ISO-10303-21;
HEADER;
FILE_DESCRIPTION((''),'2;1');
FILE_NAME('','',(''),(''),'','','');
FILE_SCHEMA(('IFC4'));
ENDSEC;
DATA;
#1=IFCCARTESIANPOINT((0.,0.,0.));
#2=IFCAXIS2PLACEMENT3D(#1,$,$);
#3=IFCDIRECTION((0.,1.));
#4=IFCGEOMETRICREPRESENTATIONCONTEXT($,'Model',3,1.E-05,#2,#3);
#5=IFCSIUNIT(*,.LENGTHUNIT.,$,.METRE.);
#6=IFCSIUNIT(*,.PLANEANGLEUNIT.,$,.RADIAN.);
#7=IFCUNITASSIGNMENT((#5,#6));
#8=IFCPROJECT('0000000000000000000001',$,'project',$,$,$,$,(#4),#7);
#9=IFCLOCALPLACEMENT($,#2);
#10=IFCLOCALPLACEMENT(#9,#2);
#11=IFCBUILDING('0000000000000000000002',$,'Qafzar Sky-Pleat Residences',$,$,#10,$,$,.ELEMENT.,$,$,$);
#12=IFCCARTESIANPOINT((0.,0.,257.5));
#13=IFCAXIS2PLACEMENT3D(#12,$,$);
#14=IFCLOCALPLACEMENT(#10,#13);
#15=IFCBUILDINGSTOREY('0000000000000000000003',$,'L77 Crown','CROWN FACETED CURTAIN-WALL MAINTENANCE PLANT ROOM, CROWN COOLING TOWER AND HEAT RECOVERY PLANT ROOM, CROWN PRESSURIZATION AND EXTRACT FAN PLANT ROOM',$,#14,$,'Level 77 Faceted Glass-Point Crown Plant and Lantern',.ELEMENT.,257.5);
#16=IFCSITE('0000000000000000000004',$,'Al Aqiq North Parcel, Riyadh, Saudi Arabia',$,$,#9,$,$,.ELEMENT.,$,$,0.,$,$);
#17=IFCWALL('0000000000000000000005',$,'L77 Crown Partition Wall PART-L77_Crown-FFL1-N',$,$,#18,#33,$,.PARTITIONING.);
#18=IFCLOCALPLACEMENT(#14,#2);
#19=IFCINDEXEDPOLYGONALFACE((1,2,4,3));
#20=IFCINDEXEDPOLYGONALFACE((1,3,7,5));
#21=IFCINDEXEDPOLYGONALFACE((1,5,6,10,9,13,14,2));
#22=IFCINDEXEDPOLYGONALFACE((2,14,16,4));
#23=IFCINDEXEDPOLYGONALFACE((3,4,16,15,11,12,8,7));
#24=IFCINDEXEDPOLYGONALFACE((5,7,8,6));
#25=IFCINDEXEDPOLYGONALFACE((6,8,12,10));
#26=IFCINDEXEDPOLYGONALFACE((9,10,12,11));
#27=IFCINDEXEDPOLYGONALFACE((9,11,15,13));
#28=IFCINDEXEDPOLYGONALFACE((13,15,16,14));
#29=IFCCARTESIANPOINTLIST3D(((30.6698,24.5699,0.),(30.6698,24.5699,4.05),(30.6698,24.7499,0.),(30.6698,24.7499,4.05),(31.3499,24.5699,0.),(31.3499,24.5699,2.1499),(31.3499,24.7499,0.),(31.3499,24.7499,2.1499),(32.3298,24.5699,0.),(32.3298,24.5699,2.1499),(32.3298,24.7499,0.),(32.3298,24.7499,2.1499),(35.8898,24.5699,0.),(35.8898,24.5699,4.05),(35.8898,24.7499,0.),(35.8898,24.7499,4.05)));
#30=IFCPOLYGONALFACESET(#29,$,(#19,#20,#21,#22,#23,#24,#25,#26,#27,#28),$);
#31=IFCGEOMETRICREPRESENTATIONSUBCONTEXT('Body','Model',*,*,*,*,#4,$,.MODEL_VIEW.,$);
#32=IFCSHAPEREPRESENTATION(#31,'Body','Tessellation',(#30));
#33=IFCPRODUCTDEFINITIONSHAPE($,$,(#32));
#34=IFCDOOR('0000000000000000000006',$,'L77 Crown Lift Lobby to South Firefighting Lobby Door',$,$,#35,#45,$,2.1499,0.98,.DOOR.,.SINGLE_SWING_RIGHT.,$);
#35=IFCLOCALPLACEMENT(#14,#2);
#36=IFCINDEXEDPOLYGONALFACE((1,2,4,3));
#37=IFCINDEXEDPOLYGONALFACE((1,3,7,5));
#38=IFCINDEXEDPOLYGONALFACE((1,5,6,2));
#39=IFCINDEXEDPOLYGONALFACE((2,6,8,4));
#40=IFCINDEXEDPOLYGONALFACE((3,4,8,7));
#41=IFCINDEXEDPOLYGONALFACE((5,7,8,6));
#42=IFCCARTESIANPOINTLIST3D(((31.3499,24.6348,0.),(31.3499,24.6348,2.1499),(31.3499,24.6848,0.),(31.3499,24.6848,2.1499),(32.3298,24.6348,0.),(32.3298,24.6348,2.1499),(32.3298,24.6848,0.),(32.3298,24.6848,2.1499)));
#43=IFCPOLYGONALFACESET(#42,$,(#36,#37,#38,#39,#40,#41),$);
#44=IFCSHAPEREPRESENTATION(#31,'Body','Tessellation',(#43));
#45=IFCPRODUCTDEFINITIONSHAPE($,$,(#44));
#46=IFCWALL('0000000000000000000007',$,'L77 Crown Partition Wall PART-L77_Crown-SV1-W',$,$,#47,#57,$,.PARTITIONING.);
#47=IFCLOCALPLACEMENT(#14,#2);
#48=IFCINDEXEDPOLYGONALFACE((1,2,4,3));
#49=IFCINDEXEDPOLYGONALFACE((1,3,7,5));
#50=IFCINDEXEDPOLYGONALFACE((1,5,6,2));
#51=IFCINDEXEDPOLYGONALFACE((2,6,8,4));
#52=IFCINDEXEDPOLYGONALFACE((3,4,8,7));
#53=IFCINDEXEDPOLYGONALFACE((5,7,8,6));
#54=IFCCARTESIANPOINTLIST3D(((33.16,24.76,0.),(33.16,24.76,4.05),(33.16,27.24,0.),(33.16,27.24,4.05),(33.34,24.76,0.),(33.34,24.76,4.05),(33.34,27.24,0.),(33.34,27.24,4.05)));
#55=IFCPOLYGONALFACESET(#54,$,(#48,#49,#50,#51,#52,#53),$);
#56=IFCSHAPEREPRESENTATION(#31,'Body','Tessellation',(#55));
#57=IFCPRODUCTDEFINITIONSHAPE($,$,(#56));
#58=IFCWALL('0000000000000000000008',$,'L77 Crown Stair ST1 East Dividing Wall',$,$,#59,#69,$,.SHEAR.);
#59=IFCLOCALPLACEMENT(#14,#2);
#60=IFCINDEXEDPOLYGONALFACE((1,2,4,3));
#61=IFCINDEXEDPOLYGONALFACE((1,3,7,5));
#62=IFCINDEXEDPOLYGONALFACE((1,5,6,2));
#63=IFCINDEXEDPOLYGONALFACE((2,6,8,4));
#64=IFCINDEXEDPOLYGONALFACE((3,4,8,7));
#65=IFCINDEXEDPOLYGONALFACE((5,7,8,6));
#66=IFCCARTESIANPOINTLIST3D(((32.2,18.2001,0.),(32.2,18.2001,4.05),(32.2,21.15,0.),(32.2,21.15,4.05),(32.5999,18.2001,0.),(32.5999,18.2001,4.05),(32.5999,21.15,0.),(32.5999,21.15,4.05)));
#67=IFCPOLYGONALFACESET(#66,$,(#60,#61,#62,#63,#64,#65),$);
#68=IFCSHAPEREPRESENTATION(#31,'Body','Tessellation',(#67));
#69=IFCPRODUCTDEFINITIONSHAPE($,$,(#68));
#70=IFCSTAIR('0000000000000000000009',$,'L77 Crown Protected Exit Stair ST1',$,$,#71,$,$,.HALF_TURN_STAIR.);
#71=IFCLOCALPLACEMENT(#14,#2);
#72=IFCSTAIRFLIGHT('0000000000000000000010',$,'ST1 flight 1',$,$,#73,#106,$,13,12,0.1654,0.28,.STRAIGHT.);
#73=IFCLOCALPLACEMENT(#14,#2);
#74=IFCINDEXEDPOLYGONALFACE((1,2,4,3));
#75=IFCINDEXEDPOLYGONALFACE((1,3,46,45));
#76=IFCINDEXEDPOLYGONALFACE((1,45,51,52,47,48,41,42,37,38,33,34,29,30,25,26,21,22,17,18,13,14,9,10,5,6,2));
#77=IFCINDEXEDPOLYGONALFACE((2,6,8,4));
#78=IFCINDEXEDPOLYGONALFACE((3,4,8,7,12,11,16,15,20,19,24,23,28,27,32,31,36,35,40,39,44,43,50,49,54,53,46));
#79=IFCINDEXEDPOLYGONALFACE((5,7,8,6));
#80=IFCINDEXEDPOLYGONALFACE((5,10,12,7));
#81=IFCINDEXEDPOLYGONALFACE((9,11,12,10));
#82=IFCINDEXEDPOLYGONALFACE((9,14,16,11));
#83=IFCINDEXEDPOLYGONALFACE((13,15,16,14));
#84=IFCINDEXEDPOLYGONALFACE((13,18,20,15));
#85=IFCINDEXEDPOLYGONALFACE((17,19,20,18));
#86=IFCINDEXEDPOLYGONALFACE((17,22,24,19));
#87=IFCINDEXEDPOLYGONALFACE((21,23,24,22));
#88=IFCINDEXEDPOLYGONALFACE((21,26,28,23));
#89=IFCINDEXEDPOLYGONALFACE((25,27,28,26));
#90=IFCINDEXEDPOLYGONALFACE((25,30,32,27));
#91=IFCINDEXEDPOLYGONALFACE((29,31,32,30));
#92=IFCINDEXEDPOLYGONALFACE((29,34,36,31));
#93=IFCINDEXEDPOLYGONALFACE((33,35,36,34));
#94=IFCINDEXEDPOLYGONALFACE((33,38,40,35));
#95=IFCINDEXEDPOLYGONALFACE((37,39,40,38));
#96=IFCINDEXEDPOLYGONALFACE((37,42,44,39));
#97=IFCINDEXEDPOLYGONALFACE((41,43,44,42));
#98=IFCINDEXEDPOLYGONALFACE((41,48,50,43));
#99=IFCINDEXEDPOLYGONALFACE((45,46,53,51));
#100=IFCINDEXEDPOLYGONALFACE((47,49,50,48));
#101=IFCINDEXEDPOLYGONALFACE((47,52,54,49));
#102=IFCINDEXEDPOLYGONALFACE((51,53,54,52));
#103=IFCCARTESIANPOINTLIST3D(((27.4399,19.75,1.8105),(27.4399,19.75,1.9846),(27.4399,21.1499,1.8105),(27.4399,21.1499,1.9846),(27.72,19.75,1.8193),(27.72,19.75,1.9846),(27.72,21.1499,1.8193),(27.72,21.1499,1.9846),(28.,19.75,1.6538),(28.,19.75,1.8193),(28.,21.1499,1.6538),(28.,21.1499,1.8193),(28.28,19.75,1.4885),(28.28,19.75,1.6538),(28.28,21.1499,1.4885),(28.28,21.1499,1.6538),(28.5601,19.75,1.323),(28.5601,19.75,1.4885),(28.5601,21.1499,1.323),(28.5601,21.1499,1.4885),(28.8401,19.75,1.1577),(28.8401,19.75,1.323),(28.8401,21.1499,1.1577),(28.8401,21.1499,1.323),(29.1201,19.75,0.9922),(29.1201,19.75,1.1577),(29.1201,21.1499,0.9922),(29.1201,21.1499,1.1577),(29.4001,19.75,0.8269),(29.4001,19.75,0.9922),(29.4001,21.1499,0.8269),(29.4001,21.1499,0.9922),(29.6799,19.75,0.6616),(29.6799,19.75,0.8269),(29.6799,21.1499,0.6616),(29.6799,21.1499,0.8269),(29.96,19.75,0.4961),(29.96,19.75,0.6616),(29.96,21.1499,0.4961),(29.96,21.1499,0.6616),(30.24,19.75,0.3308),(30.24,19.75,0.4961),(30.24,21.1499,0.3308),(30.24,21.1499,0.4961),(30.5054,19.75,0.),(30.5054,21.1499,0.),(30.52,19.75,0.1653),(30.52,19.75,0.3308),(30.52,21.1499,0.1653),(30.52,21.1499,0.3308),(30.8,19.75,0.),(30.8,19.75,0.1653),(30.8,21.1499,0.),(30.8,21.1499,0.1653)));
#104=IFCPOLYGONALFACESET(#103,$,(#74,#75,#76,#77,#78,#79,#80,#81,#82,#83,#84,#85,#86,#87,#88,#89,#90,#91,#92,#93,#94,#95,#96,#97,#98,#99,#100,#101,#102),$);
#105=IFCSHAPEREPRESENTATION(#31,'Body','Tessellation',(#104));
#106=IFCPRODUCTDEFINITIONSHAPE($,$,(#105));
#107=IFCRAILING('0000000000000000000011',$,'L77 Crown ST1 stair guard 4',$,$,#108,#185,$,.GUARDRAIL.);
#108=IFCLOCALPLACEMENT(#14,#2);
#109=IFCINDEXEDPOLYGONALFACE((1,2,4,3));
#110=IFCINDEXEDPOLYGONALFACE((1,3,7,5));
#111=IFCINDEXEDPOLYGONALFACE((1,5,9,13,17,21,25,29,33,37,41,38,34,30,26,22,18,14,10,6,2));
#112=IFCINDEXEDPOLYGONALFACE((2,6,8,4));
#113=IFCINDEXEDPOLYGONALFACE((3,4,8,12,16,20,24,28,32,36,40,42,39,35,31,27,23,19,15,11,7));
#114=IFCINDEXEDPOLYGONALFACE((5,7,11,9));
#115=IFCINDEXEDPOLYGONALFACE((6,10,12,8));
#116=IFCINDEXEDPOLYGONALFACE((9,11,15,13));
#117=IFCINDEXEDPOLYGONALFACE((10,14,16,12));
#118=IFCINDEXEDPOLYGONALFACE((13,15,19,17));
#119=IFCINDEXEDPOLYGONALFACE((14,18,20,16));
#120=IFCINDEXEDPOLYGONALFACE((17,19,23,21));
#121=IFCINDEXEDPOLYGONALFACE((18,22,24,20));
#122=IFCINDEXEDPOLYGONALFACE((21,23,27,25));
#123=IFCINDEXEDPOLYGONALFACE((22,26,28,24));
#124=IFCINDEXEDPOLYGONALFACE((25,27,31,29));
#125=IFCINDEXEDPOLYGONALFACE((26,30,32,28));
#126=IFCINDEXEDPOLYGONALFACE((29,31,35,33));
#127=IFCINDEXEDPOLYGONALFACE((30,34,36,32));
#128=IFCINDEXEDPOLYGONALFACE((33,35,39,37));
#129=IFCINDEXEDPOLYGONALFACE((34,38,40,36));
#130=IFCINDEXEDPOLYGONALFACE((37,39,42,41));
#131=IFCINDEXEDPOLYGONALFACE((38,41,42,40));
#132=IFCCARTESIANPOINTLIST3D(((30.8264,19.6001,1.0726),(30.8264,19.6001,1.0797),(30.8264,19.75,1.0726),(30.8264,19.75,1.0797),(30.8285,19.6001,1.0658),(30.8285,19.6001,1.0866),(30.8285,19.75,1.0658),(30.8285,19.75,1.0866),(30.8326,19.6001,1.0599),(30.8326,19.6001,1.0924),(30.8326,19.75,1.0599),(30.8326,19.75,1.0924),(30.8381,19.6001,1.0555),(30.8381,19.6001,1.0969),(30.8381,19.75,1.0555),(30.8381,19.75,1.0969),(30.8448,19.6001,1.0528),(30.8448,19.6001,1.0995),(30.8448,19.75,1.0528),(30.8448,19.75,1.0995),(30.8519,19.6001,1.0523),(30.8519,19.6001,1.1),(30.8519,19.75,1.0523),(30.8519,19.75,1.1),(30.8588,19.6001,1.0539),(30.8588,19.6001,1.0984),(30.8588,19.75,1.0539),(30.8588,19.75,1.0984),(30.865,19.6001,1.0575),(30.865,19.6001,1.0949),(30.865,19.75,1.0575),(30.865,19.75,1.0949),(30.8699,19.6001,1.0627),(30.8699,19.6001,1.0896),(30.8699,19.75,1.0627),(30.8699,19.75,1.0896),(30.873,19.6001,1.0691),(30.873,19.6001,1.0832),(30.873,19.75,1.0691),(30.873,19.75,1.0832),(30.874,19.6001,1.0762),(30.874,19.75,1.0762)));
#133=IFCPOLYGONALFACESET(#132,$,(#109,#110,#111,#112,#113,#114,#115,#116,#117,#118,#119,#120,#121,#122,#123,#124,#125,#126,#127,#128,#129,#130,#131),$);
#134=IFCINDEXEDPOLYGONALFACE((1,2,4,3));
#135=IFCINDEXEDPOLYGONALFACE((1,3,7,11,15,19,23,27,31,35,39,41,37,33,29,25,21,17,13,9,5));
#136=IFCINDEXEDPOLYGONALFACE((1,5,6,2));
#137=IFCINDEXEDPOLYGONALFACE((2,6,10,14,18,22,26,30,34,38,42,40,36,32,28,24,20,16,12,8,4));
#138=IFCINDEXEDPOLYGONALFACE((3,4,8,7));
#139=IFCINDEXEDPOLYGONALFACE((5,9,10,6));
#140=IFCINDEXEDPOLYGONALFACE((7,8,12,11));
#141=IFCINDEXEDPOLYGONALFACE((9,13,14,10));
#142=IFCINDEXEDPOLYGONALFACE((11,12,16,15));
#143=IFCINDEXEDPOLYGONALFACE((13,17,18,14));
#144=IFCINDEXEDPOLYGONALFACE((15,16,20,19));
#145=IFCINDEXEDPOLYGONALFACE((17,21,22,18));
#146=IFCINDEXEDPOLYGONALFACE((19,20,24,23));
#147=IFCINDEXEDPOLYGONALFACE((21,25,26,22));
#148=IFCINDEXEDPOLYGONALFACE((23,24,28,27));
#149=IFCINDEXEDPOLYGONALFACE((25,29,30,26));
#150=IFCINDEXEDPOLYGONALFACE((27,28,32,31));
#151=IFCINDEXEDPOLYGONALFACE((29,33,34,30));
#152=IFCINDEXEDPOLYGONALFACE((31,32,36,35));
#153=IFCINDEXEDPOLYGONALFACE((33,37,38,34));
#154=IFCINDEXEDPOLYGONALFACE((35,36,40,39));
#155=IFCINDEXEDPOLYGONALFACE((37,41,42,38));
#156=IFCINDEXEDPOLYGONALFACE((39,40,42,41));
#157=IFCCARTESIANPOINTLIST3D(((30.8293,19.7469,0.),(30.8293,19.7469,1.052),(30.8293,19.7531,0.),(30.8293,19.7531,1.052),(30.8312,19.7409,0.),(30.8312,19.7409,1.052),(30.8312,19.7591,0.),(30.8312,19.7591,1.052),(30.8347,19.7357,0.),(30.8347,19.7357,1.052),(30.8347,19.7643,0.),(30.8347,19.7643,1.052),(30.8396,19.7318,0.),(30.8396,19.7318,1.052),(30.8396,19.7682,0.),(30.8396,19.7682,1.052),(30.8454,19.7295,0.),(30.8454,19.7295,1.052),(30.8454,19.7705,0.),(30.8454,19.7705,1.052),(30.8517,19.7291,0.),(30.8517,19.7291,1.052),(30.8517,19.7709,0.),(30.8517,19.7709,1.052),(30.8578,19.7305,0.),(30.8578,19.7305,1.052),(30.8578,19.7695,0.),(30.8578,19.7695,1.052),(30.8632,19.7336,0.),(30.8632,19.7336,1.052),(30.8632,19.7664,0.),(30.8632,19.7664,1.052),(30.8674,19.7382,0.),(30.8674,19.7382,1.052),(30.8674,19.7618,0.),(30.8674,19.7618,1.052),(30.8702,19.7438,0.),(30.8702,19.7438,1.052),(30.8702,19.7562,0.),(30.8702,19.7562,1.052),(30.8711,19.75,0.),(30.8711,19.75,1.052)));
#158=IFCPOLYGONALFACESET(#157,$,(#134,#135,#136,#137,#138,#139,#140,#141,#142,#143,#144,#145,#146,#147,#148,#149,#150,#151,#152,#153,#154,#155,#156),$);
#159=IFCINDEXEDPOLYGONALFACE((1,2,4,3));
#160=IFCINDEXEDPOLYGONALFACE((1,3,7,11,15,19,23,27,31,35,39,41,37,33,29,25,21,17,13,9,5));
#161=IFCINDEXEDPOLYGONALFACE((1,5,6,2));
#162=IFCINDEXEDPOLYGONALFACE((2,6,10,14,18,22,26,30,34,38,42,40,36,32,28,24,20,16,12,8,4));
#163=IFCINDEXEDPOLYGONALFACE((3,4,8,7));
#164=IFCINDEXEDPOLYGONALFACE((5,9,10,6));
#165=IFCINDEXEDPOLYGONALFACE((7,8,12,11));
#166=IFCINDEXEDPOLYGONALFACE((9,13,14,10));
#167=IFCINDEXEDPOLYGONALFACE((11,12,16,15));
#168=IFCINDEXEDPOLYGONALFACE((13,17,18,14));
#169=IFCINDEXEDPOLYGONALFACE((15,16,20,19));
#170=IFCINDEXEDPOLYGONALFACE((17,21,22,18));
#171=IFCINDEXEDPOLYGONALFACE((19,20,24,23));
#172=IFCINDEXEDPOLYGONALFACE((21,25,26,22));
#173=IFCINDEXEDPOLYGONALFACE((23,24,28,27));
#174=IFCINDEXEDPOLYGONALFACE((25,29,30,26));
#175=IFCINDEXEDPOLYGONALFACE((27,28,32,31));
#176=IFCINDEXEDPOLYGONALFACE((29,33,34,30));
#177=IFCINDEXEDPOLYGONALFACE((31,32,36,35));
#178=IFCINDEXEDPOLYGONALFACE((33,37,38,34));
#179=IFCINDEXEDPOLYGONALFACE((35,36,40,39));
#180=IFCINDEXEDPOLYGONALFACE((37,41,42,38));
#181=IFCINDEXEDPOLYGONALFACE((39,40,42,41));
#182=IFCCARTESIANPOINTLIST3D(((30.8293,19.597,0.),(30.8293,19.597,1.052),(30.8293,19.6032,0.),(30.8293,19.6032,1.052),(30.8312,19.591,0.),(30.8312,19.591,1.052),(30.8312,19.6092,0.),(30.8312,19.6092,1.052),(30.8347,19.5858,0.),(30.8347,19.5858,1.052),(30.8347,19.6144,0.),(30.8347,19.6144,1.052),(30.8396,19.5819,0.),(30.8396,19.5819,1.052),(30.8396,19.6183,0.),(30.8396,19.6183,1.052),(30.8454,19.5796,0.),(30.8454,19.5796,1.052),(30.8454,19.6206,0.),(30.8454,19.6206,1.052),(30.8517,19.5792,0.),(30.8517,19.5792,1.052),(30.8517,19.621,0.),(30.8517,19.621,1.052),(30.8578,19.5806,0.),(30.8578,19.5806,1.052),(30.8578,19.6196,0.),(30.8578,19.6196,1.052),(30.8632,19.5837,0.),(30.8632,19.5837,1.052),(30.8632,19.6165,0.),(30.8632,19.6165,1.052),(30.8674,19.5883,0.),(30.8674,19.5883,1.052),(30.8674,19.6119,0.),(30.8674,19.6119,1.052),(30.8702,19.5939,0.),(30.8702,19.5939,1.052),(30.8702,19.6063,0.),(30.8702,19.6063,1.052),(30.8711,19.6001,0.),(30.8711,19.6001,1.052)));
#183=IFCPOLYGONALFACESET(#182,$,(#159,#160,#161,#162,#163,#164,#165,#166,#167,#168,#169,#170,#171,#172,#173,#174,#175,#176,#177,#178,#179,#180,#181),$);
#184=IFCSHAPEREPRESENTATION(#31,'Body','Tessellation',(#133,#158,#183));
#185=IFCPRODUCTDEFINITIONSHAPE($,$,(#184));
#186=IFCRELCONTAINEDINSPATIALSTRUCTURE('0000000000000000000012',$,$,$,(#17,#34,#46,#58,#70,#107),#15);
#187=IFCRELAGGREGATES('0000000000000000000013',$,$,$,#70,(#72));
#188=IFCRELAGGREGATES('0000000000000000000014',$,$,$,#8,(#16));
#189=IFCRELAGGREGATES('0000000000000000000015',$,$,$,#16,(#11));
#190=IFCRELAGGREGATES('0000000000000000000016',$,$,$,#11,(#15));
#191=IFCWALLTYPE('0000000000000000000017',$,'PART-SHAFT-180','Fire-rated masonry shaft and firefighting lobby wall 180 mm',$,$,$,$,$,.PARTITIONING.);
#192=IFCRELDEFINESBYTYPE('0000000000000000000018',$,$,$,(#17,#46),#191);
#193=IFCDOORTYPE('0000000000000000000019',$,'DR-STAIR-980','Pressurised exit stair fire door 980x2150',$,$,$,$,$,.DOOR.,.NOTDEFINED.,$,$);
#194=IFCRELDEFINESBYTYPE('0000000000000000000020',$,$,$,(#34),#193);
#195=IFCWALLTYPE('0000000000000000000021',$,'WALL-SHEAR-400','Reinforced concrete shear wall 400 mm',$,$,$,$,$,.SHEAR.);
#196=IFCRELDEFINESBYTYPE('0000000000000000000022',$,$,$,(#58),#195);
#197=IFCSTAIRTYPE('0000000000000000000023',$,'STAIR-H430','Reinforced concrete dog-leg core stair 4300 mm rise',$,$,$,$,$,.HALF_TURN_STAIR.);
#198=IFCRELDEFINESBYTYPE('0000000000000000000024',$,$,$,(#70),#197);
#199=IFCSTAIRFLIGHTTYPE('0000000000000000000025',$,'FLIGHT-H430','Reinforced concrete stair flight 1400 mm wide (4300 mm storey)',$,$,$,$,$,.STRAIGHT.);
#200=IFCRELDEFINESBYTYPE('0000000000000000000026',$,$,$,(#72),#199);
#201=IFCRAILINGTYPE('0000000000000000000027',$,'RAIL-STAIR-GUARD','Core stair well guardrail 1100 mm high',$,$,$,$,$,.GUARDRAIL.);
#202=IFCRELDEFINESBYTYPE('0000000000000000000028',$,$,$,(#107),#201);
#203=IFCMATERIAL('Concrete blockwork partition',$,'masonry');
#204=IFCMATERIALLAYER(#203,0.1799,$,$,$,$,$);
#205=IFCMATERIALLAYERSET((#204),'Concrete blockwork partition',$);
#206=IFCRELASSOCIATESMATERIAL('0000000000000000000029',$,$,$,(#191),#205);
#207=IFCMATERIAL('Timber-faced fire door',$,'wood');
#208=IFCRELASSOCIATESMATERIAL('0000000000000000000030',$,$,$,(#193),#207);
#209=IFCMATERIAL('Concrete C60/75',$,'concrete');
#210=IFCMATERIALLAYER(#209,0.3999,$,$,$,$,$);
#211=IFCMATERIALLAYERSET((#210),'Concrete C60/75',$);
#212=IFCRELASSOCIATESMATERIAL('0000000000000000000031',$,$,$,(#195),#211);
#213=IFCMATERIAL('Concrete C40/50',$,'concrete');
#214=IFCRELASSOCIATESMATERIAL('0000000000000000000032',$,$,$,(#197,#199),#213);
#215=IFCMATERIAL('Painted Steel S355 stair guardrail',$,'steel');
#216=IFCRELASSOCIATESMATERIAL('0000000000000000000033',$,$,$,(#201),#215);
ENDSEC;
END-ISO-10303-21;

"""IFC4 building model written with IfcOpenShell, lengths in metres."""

from ifc_helpers import new_model, si_unit, direction, frame, frame_2d, origin, origin_2d, place, context, subcontext, project, spatial, polyline, rectangle, circle, outline, extrude, source, transform, mapped, material, layer, layer_set, type_object, element, fill, aggregate, save


model = new_model("IFC4")

# Units and contexts
model_context = context("Model", 3, precision=1e-05, world=origin(), true_north=direction((0.0, 1.0)))
body_context = subcontext(model_context, "Body", "Model", "MODEL_VIEW")
ifc_project = project(units=[si_unit("LENGTHUNIT", "METRE"), si_unit("PLANEANGLEUNIT", "RADIAN")], contexts=[model_context])

# Site, building, storey
site_placement = place(None, origin())
site = spatial("IfcSite", under=ifc_project, at=site_placement, Name="Al Aqiq North Parcel, Riyadh, Saudi Arabia", CompositionType="ELEMENT", RefElevation=0.0)
building_placement = place(site_placement, origin())
building = spatial("IfcBuilding", under=site, at=building_placement, Name="Qafzar Sky-Pleat Residences", CompositionType="ELEMENT")
storey_placement = place(building_placement, frame((0.0, 0.0, 257.5)))
storey = spatial("IfcBuildingStorey", under=building, at=storey_placement, Name="L77 Crown", Description="CROWN FACETED CURTAIN-WALL MAINTENANCE PLANT ROOM, CROWN COOLING TOWER AND HEAT RECOVERY PLANT ROOM, CROWN PRESSURIZATION AND EXTRACT FAN PLANT ROOM", LongName="Level 77 Faceted Glass-Point Crown Plant and Lantern", CompositionType="ELEMENT", Elevation=257.5)

# Wall, opening, door
ifc_material_1 = material(Name="Concrete blockwork partition", Category="masonry")
ifc_layer_1 = layer(ifc_material_1, 0.1799)
ifc_layer_set_1 = layer_set([ifc_layer_1], Name="Concrete blockwork partition")
wall_type_1 = type_object("IfcWallType", Name="PART-SHAFT-180", Description="Fire-rated masonry shaft and firefighting lobby wall 180 mm", PredefinedType="PARTITIONING", material=ifc_layer_set_1)
ifc_material_2 = material(Name="Timber-faced fire door", Category="wood")
wall_1_placement = place(storey_placement, frame((30.6699, 24.6599, 0.0), z_axis=(0.0, 0.0, 1.0), x_axis=(1.0, 0.0, 0.0)))
wall_1 = element("IfcWall", 1, at=wall_1_placement, inside=storey, type_object=wall_type_1, Name="L77 Crown Partition Wall PART-L77_Crown-FFL1-N", PredefinedType="PARTITIONING", context=body_context, shape_type="SweptSolid", body=[
    extrude(rectangle(XDim=5.22, YDim=0.1799, at=frame_2d((2.6099, 0.0))), origin(), (0.0, 0.0, 1.0), 4.05),
])
opening_1_placement = place(wall_1_placement, frame((0.6799, 0.0, 0.0)))
opening_1 = element("IfcOpeningElement", 2, at=opening_1_placement, cuts=wall_1, PredefinedType="OPENING", context=body_context, shape_type="SweptSolid", body=[
    extrude(rectangle(XDim=0.98, YDim=2.1499, at=frame_2d((0.49, 1.075))), frame((0.0, 0.1001, 0.0), z_axis=(0.0, -1.0, 0.0), x_axis=(1.0, 0.0, 0.0)), (0.0, 0.0, 1.0), 0.2),
])
door_type_1 = type_object("IfcDoorType", Name="DR-STAIR-980", Description="Pressurised exit stair fire door 980x2150", OperationType="NOTDEFINED", PredefinedType="DOOR", material=ifc_material_2)
shared_shape_1 = source(origin(), body_context, "Body", "SweptSolid", [
    extrude(rectangle(XDim=0.98, YDim=2.1499, at=frame_2d((0.49, 1.075))), frame((0.0, 0.0249, 0.0), z_axis=(0.0, -1.0, 0.0), x_axis=(1.0, 0.0, 0.0)), (0.0, 0.0, 1.0), 0.05),
])
door_1_placement = place(opening_1_placement, origin())
door_1 = element("IfcDoor", 3, at=door_1_placement, inside=storey, type_object=door_type_1, Name="L77 Crown Lift Lobby to South Firefighting Lobby Door", OperationType="SINGLE_SWING_RIGHT", OverallHeight=2.1499, OverallWidth=0.98, PredefinedType="DOOR", context=body_context, shape_type="MappedRepresentation", body=[
    mapped(shared_shape_1, transform((0.0, 0.0, 0.0), x_axis=(1.0, 0.0, 0.0), y_axis=(0.0, 1.0, 0.0), z_axis=(0.0, 0.0, 1.0), scale=1.0)),
])
fill(opening_1, door_1)

# Walls
wall_2_placement = place(storey_placement, frame((33.25, 24.76, 0.0), z_axis=(0.0, 0.0, 1.0), x_axis=(0.0, 1.0, 0.0)))
element("IfcWall", 4, at=wall_2_placement, inside=storey, type_object=wall_type_1, Name="L77 Crown Partition Wall PART-L77_Crown-SV1-W", PredefinedType="PARTITIONING", context=body_context, shape_type="SweptSolid", body=[
    extrude(rectangle(XDim=2.48, YDim=0.1799, at=frame_2d((1.24, 0.0))), origin(), (0.0, 0.0, 1.0), 4.05),
])
ifc_material_3 = material(Name="Concrete C60/75", Category="concrete")
ifc_layer_2 = layer(ifc_material_3, 0.3999)
ifc_layer_set_2 = layer_set([ifc_layer_2], Name="Concrete C60/75")
wall_type_2 = type_object("IfcWallType", Name="WALL-SHEAR-400", Description="Reinforced concrete shear wall 400 mm", PredefinedType="SHEAR", material=ifc_layer_set_2)
wall_3_placement = place(storey_placement, frame((32.3999, 18.2, 0.0), z_axis=(0.0, 0.0, 1.0), x_axis=(0.0, 1.0, 0.0)))
element("IfcWall", 5, at=wall_3_placement, inside=storey, type_object=wall_type_2, Name="L77 Crown Stair ST1 East Dividing Wall", PredefinedType="SHEAR", context=body_context, shape_type="SweptSolid", body=[
    extrude(rectangle(XDim=2.95, YDim=0.3999, at=frame_2d((1.4751, 0.0))), origin(), (0.0, 0.0, 1.0), 4.05),
])

# Stair, stair flight
ifc_material_4 = material(Name="Concrete C40/50", Category="concrete")
stair_type = type_object("IfcStairType", Name="STAIR-H430", Description="Reinforced concrete dog-leg core stair 4300 mm rise", PredefinedType="HALF_TURN_STAIR", material=ifc_material_4)
stair_placement = place(storey_placement, origin())
stair = element("IfcStair", 6, at=stair_placement, inside=storey, type_object=stair_type, Name="L77 Crown Protected Exit Stair ST1", PredefinedType="HALF_TURN_STAIR")
stair_flight_type = type_object("IfcStairFlightType", Name="FLIGHT-H430", Description="Reinforced concrete stair flight 1400 mm wide (4300 mm storey)", PredefinedType="STRAIGHT", material=ifc_material_4)
shared_shape_2 = source(origin(), body_context, "Body", "SweptSolid", [
    extrude(outline(polyline([(0.0, 0.0), (0.0, 0.1653), (0.28, 0.1653), (0.28, 0.3308), (0.5601, 0.3308), (0.5601, 0.4961), (0.8401, 0.4961), (0.8401, 0.6616), (1.1201, 0.6616), (1.1201, 0.8269), (1.3999, 0.8269), (1.3999, 0.9922), (1.6799, 0.9922), (1.6799, 1.1577), (1.96, 1.1577), (1.96, 1.323), (2.24, 1.323), (2.24, 1.4885), (2.52, 1.4885), (2.52, 1.6538), (2.8, 1.6538), (2.8, 1.8193), (3.0801, 1.8193), (3.0801, 1.9846), (3.3601, 1.9846), (3.3601, 2.1499), (3.3601, 1.8105), (0.2947, 0.0), (0.0, 0.0)])), frame((0.0, 0.7, 0.0), z_axis=(0.0, -1.0, 0.0), x_axis=(1.0, 0.0, 0.0)), (0.0, 0.0, 1.0), 1.3999),
])
stair_flight_placement = place(storey_placement, frame((30.8, 20.45, 0.0), z_axis=(0.0, 0.0, 1.0), x_axis=(-1.0, 0.0, 0.0)))
stair_flight = element("IfcStairFlight", 7, at=stair_flight_placement, type_object=stair_flight_type, Name="ST1 flight 1", NumberOfRisers=13, NumberOfTreads=12, PredefinedType="STRAIGHT", RiserHeight=0.1654, TreadLength=0.28, context=body_context, shape_type="MappedRepresentation", body=[
    mapped(shared_shape_2, transform((0.0, 0.0, 0.0), x_axis=(1.0, 0.0, 0.0), y_axis=(0.0, 1.0, 0.0), z_axis=(0.0, 0.0, 1.0), scale=1.0)),
])
aggregate(stair, [stair_flight])

# Railing
ifc_material_5 = material(Name="Painted Steel S355 stair guardrail", Category="steel")
railing_type_1 = type_object("IfcRailingType", Name="RAIL-STAIR-GUARD", Description="Core stair well guardrail 1100 mm high", PredefinedType="GUARDRAIL", material=ifc_material_5)
shared_shape_3 = source(origin(), body_context, "Body", "SweptSolid", [
    extrude(circle(Radius=0.0239, at=origin_2d()), frame((0.0, 0.0, 1.0762), z_axis=(0.0, -1.0, 0.0), x_axis=(1.0, 0.0, 0.0)), (0.0, 0.0, 1.0), 0.1499),
    extrude(circle(Radius=0.021, at=origin_2d()), origin(), (0.0, 0.0, 1.0), 1.052),
    extrude(circle(Radius=0.021, at=origin_2d()), frame((0.0, -0.1499, 0.0)), (0.0, 0.0, 1.0), 1.052),
])
railing_1_placement = place(storey_placement, frame((30.8501, 19.75, 0.0)))
element("IfcRailing", 8, at=railing_1_placement, inside=storey, type_object=railing_type_1, Name="L77 Crown ST1 stair guard 4", PredefinedType="GUARDRAIL", context=body_context, shape_type="MappedRepresentation", body=[
    mapped(shared_shape_3, transform((0.0, 0.0, 0.0), x_axis=(1.0, 0.0, 0.0), y_axis=(0.0, 1.0, 0.0), z_axis=(0.0, 0.0, 1.0), scale=1.0)),
])

save(model, "model.ifc")
